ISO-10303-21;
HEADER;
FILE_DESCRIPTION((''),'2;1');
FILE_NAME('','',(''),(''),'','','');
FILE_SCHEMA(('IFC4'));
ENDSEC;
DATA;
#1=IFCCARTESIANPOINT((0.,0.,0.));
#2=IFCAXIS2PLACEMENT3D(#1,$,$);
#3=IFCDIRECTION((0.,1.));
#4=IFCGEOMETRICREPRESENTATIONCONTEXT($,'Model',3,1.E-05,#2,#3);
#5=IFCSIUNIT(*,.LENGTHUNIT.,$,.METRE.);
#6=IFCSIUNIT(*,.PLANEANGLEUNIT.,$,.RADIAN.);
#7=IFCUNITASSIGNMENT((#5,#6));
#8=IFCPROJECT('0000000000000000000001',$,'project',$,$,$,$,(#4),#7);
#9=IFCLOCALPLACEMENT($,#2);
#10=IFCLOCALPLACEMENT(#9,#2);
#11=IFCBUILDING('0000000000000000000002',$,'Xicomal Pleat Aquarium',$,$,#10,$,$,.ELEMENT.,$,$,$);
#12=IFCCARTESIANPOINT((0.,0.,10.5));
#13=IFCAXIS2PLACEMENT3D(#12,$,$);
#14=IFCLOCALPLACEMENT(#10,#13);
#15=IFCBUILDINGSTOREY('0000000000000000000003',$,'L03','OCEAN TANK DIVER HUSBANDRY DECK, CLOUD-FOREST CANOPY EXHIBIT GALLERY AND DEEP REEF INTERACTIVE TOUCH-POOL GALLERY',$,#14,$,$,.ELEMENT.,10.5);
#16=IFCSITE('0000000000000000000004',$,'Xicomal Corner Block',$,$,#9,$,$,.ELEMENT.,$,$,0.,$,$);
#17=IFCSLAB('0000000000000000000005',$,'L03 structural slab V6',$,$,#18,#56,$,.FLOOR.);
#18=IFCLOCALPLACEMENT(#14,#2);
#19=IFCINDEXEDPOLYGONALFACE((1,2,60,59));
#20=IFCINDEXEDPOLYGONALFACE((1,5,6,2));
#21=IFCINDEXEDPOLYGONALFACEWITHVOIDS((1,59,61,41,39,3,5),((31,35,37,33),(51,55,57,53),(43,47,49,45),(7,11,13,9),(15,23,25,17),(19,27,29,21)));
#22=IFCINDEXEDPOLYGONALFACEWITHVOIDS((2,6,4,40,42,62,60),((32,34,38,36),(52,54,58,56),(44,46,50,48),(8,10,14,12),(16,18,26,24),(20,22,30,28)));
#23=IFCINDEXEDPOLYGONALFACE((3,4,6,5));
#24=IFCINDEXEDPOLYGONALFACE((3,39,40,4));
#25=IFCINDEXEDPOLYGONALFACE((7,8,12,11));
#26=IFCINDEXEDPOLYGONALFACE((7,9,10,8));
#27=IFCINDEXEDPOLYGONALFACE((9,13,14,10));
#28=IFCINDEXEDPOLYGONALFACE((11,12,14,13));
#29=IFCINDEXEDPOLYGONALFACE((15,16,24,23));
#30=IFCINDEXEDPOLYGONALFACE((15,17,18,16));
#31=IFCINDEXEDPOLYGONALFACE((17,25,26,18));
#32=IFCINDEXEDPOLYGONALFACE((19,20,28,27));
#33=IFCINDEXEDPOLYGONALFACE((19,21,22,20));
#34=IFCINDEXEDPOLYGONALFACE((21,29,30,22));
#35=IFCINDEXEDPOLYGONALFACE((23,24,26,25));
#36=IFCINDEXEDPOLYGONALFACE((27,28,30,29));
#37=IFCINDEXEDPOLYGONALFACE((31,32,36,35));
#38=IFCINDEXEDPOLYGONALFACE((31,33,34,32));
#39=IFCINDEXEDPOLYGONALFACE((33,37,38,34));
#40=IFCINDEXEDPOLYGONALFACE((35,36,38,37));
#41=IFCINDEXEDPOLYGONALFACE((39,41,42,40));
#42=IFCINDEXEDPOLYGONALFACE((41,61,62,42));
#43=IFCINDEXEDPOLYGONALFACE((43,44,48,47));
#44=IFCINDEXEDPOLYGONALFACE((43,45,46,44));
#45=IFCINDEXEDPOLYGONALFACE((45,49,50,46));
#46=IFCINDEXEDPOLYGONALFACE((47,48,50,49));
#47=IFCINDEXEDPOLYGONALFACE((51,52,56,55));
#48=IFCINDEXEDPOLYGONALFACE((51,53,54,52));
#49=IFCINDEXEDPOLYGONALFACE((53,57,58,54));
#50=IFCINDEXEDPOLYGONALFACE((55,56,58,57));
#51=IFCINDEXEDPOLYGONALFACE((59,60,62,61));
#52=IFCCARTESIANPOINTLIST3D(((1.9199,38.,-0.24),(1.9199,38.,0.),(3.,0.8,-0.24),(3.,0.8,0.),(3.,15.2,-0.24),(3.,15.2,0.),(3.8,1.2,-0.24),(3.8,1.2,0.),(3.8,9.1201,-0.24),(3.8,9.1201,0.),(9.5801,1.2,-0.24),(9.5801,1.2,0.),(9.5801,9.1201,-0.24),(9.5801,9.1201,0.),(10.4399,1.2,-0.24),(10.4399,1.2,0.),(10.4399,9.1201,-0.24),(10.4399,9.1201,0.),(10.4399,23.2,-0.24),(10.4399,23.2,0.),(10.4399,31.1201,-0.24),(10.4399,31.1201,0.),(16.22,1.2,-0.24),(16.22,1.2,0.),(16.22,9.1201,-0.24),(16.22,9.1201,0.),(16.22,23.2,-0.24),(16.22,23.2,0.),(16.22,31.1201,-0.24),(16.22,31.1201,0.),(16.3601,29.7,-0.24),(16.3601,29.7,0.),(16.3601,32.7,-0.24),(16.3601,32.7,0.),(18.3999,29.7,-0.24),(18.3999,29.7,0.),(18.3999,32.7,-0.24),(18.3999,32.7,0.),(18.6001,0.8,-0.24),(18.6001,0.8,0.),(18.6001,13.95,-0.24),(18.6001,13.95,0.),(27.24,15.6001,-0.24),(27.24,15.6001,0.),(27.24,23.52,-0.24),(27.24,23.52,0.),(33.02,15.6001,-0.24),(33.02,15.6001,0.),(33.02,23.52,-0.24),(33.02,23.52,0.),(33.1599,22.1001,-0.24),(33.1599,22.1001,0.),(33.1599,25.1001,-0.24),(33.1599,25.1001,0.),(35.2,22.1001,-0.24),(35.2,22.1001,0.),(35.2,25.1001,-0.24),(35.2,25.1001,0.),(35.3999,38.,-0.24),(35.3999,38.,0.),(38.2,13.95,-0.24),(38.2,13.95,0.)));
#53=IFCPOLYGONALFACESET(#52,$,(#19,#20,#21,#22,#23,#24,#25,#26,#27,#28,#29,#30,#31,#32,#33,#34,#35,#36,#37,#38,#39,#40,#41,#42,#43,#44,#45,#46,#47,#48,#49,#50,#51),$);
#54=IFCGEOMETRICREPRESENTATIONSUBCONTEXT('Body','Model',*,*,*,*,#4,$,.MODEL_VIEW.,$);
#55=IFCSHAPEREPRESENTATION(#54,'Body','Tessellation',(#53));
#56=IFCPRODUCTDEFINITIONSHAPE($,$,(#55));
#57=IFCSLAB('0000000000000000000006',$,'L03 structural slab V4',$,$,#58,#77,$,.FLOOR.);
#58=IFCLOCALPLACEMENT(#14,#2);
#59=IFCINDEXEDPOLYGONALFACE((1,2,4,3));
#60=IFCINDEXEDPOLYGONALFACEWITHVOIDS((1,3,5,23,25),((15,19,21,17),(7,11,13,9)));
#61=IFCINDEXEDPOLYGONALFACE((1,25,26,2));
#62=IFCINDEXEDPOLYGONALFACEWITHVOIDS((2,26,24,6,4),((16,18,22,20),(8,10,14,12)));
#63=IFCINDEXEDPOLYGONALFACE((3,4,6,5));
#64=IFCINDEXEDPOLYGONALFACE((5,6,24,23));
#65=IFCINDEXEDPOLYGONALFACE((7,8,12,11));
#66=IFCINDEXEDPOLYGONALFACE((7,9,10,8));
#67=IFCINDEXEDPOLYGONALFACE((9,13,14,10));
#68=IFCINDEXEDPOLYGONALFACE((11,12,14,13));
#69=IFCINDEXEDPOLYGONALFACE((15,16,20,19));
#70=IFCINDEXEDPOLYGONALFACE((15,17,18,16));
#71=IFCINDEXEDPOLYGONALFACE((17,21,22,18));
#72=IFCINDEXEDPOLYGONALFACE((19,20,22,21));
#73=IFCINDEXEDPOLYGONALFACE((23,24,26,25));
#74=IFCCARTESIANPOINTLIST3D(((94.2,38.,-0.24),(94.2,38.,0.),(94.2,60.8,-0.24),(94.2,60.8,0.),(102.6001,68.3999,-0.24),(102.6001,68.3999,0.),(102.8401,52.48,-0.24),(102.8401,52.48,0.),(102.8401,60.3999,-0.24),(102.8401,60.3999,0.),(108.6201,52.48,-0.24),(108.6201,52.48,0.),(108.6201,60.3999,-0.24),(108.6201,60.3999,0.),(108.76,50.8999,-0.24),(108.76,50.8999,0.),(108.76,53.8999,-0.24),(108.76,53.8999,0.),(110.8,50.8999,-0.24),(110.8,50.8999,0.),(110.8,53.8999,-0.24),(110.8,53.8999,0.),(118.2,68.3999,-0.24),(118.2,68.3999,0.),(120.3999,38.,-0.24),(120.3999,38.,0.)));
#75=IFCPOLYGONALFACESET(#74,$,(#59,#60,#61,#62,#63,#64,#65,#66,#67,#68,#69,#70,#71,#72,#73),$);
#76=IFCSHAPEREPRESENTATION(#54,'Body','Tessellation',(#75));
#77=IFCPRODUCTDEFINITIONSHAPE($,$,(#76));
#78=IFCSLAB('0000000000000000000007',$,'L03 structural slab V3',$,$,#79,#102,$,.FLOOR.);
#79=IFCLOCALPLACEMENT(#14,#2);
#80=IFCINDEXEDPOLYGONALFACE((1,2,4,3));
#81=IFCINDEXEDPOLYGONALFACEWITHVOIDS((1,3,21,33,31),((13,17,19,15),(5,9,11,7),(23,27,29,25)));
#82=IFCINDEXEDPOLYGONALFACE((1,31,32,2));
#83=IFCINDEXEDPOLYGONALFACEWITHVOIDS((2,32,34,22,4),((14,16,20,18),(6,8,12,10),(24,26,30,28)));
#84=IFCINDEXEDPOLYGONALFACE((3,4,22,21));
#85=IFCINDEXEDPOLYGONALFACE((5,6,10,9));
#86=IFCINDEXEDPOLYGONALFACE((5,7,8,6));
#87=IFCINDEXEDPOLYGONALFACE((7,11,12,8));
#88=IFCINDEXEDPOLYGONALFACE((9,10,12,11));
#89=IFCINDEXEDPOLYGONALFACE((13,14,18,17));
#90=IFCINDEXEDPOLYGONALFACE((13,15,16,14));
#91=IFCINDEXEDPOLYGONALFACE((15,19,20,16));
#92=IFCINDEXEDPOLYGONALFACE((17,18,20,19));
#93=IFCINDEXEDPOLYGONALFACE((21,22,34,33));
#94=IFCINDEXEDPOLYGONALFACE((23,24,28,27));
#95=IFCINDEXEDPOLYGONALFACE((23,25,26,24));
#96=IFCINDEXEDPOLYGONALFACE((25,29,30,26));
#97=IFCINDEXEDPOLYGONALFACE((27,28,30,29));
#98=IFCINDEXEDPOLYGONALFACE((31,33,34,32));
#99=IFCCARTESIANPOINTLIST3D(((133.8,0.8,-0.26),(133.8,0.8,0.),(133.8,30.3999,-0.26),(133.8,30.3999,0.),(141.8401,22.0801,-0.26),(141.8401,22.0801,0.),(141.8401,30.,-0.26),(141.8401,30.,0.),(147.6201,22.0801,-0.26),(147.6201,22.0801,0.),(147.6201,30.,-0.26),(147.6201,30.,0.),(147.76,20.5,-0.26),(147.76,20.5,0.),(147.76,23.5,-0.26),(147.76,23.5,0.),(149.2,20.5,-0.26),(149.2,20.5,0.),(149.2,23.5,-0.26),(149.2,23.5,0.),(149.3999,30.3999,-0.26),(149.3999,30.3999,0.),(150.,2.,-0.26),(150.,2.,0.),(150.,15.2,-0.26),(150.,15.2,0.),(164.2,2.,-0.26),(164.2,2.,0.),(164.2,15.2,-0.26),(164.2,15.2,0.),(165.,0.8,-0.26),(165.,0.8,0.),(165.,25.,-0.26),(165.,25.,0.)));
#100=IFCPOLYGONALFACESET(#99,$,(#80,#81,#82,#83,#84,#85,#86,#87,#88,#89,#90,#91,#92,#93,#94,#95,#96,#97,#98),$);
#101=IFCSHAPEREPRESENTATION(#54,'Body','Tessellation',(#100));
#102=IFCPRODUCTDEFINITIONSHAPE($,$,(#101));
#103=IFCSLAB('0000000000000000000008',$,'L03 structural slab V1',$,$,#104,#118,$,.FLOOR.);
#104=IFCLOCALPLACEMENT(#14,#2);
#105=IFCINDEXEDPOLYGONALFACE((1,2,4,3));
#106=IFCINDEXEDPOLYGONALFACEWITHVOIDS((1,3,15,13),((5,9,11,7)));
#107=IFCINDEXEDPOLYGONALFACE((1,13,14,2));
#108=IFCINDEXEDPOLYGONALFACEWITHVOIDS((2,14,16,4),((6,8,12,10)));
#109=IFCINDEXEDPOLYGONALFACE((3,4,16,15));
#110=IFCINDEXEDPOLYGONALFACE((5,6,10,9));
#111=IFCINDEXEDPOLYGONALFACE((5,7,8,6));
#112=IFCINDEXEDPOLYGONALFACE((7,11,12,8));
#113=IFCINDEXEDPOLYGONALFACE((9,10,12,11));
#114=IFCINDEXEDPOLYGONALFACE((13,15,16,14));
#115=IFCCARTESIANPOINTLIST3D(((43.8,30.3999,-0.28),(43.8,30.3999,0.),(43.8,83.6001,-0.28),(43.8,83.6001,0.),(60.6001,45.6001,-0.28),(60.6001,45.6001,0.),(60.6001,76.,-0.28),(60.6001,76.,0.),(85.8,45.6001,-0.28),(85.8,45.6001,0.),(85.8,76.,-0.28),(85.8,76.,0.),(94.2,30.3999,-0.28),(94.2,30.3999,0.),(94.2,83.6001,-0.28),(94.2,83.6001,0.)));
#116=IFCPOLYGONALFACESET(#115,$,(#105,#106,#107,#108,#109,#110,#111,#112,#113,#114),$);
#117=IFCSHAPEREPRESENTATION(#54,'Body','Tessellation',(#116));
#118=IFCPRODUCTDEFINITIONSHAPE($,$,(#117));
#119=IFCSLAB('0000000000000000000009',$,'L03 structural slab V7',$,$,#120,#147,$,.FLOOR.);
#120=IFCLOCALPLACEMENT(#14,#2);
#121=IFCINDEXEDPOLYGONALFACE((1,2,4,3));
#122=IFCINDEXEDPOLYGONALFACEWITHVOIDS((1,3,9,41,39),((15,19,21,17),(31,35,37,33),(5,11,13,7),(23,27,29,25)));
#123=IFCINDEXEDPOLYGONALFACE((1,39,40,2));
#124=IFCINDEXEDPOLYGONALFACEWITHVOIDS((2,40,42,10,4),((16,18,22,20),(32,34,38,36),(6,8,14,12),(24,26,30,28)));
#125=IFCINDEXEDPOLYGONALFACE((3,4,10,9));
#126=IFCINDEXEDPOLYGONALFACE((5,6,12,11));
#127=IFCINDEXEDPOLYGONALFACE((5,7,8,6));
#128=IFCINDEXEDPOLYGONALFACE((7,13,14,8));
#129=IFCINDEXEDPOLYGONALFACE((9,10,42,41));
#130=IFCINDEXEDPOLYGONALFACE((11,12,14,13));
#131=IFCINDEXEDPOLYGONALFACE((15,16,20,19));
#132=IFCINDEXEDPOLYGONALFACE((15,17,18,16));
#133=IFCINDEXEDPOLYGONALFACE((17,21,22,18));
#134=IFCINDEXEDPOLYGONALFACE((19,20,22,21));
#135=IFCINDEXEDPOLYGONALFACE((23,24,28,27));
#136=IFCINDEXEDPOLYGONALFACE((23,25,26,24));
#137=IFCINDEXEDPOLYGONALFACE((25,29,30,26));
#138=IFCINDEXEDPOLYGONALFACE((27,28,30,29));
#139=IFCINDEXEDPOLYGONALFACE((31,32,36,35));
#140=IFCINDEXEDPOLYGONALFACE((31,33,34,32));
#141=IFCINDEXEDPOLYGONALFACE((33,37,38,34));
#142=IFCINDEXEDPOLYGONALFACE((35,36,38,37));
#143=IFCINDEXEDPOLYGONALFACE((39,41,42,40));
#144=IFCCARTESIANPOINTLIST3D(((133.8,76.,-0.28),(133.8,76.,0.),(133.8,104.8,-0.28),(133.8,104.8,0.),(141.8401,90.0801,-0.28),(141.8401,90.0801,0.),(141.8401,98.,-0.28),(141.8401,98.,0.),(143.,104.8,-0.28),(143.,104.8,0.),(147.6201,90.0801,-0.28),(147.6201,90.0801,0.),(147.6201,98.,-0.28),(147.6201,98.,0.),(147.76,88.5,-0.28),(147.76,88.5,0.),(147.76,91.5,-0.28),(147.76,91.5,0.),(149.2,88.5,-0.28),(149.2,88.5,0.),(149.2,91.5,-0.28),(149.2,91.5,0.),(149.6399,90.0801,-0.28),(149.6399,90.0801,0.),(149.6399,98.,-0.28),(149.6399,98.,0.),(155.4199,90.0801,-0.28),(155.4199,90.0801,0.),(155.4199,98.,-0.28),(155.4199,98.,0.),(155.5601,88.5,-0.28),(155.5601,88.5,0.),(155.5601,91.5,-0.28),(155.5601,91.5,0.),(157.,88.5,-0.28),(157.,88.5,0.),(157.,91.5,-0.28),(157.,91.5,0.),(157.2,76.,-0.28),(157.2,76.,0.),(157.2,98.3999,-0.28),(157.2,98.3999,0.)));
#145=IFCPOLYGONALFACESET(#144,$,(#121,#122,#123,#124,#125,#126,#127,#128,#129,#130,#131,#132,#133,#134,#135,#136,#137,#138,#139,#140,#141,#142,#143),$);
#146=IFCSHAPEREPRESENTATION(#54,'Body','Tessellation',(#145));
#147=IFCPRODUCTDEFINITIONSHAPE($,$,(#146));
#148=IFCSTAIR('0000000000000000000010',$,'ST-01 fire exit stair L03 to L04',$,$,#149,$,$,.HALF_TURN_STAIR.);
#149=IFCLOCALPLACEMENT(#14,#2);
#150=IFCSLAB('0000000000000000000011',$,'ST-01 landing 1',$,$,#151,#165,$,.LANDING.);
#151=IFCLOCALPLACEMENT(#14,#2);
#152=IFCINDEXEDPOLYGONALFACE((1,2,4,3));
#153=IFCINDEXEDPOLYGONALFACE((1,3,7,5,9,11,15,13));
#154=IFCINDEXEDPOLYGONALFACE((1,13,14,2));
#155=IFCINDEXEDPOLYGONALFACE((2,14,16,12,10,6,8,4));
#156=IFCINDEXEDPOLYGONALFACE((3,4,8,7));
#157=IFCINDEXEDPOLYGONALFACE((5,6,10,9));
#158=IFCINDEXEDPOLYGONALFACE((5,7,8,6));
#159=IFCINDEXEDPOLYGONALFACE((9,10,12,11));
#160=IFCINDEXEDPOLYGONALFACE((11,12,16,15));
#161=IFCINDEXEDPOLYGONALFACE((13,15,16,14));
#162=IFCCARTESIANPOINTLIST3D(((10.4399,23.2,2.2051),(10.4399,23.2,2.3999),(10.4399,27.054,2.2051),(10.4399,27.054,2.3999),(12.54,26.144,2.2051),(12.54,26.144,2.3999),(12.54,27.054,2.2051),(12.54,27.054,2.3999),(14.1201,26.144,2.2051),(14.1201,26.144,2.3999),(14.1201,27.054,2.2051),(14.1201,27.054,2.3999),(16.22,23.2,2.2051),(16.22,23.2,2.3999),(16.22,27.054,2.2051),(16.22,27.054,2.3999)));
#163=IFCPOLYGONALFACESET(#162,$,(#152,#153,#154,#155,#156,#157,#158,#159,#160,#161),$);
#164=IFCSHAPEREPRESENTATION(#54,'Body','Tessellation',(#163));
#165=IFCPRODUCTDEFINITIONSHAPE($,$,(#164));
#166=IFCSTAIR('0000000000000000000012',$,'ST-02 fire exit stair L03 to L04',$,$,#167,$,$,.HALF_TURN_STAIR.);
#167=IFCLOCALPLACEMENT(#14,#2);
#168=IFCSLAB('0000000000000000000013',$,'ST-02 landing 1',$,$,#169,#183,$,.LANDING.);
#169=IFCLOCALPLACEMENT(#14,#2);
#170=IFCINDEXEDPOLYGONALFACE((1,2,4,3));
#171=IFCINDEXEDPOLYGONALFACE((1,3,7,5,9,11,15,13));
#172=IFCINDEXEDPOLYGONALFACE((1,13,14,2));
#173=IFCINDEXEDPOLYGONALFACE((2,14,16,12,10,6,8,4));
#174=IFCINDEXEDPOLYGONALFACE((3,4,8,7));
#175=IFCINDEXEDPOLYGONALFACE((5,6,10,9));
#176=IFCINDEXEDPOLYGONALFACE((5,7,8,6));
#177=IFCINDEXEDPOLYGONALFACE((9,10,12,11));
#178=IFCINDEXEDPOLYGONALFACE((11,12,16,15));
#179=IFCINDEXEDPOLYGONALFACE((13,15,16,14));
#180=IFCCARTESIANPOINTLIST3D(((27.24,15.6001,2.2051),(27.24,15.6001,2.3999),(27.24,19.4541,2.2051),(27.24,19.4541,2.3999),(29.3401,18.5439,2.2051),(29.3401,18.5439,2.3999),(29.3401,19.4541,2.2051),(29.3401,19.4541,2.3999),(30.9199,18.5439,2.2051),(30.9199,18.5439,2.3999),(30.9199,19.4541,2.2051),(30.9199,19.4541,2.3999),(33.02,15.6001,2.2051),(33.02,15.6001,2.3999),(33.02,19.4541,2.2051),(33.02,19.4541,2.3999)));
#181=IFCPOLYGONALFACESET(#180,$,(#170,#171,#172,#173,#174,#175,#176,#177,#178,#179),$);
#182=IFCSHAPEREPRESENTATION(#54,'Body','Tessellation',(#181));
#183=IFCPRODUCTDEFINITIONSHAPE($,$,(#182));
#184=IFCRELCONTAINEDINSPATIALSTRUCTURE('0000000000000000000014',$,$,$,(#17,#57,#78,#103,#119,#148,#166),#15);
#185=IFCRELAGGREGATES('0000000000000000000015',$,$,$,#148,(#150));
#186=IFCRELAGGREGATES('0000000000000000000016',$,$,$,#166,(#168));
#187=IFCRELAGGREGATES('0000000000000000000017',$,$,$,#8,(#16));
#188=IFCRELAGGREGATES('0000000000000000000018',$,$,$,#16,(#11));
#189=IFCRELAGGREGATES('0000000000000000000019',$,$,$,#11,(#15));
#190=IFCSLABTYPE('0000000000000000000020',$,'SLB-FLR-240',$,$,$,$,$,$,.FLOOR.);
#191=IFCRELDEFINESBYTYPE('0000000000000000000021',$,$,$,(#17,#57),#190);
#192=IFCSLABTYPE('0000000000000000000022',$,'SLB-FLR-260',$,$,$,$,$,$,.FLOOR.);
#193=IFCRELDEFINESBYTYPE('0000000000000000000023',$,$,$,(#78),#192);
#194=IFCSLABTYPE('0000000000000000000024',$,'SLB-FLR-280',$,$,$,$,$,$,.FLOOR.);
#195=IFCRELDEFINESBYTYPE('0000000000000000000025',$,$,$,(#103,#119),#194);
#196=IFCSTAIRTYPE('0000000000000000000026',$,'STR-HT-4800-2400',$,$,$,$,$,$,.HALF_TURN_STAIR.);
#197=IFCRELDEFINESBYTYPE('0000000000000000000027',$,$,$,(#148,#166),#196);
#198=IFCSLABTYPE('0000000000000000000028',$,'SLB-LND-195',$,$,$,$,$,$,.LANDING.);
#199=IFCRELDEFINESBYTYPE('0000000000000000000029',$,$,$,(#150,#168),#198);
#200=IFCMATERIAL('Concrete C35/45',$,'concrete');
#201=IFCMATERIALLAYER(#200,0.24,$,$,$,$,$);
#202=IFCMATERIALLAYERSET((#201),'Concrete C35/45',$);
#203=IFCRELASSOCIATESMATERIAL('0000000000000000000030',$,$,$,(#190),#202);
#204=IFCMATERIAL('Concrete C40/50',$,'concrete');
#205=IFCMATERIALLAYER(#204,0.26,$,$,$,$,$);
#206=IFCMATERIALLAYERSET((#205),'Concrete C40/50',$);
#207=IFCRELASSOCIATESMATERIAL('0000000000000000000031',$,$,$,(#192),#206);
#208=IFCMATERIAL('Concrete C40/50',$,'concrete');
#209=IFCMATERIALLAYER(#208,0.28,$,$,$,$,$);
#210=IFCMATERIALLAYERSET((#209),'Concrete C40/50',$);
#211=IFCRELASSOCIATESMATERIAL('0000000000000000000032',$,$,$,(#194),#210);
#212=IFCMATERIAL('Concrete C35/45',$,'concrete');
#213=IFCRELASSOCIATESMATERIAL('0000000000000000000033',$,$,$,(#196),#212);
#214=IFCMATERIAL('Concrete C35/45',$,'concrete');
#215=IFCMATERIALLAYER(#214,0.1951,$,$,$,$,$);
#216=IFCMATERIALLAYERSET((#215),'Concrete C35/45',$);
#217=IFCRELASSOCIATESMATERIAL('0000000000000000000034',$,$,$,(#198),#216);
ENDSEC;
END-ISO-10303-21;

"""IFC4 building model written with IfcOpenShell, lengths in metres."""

from ifc_helpers import new_model, si_unit, direction, frame, origin, place, context, subcontext, project, spatial, polyline, outline, extrude, material, layer, layer_set, type_object, element, aggregate, save


model = new_model("IFC4")

# Units and contexts
model_context = context("Model", 3, precision=1e-05, world=origin(), true_north=direction((0.0, 1.0)))
body_context = subcontext(model_context, "Body", "Model", "MODEL_VIEW")
ifc_project = project(units=[si_unit("LENGTHUNIT", "METRE"), si_unit("PLANEANGLEUNIT", "RADIAN")], contexts=[model_context])

# Site, building, storey
site_placement = place(None, origin())
site = spatial("IfcSite", under=ifc_project, at=site_placement, Name="Xicomal Corner Block", CompositionType="ELEMENT", RefElevation=0.0)
building_placement = place(site_placement, origin())
building = spatial("IfcBuilding", under=site, at=building_placement, Name="Xicomal Pleat Aquarium", CompositionType="ELEMENT")
storey_placement = place(building_placement, frame((0.0, 0.0, 10.5)))
storey = spatial("IfcBuildingStorey", under=building, at=storey_placement, Name="L03", Description="OCEAN TANK DIVER HUSBANDRY DECK, CLOUD-FOREST CANOPY EXHIBIT GALLERY AND DEEP REEF INTERACTIVE TOUCH-POOL GALLERY", CompositionType="ELEMENT", Elevation=10.5)

# Slabs
ifc_material_1 = material(Name="Concrete C35/45", Category="concrete")
ifc_layer_1 = layer(ifc_material_1, 0.24)
ifc_layer_set_1 = layer_set([ifc_layer_1], Name="Concrete C35/45")
slab_type_1 = type_object("IfcSlabType", Name="SLB-FLR-240", PredefinedType="FLOOR", material=ifc_layer_set_1)
slab_1_placement = place(storey_placement, frame((0.0, 0.0, -0.24)))
element("IfcSlab", 1, at=slab_1_placement, inside=storey, type_object=slab_type_1, Name="L03 structural slab V6", PredefinedType="FLOOR", context=body_context, shape_type="SweptSolid", body=[
    extrude(outline(polyline([(3.0, 15.2), (1.9199, 38.0), (35.3999, 38.0), (38.2, 13.95), (18.6001, 13.95), (18.6001, 0.8), (3.0, 0.8), (3.0, 15.2)]), holes=[polyline([(10.4399, 23.2), (16.22, 23.2), (16.22, 31.1201), (10.4399, 31.1201), (10.4399, 23.2)]), polyline([(16.3601, 29.7), (18.3999, 29.7), (18.3999, 32.7), (16.3601, 32.7), (16.3601, 29.7)]), polyline([(27.24, 15.6001), (33.02, 15.6001), (33.02, 23.52), (27.24, 23.52), (27.24, 15.6001)]), polyline([(33.1599, 22.1001), (35.2, 22.1001), (35.2, 25.1001), (33.1599, 25.1001), (33.1599, 22.1001)]), polyline([(10.4399, 1.2), (16.22, 1.2), (16.22, 9.1201), (10.4399, 9.1201), (10.4399, 1.2)]), polyline([(3.8, 1.2), (9.5801, 1.2), (9.5801, 9.1201), (3.8, 9.1201), (3.8, 1.2)])]), origin(), (0.0, 0.0, 1.0), 0.24),
])
slab_2_placement = place(storey_placement, frame((0.0, 0.0, -0.24)))
element("IfcSlab", 2, at=slab_2_placement, inside=storey, type_object=slab_type_1, Name="L03 structural slab V4", PredefinedType="FLOOR", context=body_context, shape_type="SweptSolid", body=[
    extrude(outline(polyline([(102.6001, 68.3999), (118.2, 68.3999), (120.3999, 38.0), (94.2, 38.0), (94.2, 60.8), (102.6001, 68.3999)]), holes=[polyline([(102.8401, 52.48), (108.6201, 52.48), (108.6201, 60.3999), (102.8401, 60.3999), (102.8401, 52.48)]), polyline([(108.76, 50.8999), (110.8, 50.8999), (110.8, 53.8999), (108.76, 53.8999), (108.76, 50.8999)])]), origin(), (0.0, 0.0, 1.0), 0.24),
])
ifc_material_2 = material(Name="Concrete C40/50", Category="concrete")
ifc_layer_2 = layer(ifc_material_2, 0.26)
ifc_layer_set_2 = layer_set([ifc_layer_2], Name="Concrete C40/50")
slab_type_2 = type_object("IfcSlabType", Name="SLB-FLR-260", PredefinedType="FLOOR", material=ifc_layer_set_2)
slab_3_placement = place(storey_placement, frame((0.0, 0.0, -0.26)))
element("IfcSlab", 3, at=slab_3_placement, inside=storey, type_object=slab_type_2, Name="L03 structural slab V3", PredefinedType="FLOOR", context=body_context, shape_type="SweptSolid", body=[
    extrude(outline(polyline([(133.8, 30.3999), (149.3999, 30.3999), (165.0, 25.0), (165.0, 0.8), (133.8, 0.8), (133.8, 30.3999)]), holes=[polyline([(150.0, 2.0), (164.2, 2.0), (164.2, 15.2), (150.0, 15.2), (150.0, 2.0)]), polyline([(141.8401, 22.0801), (147.6201, 22.0801), (147.6201, 30.0), (141.8401, 30.0), (141.8401, 22.0801)]), polyline([(147.76, 20.5), (149.2, 20.5), (149.2, 23.5), (147.76, 23.5), (147.76, 20.5)])]), origin(), (0.0, 0.0, 1.0), 0.26),
])
ifc_material_3 = material(Name="Concrete C40/50", Category="concrete")
ifc_layer_3 = layer(ifc_material_3, 0.28)
ifc_layer_set_3 = layer_set([ifc_layer_3], Name="Concrete C40/50")
slab_type_3 = type_object("IfcSlabType", Name="SLB-FLR-280", PredefinedType="FLOOR", material=ifc_layer_set_3)
slab_4_placement = place(storey_placement, frame((0.0, 0.0, -0.28)))
element("IfcSlab", 4, at=slab_4_placement, inside=storey, type_object=slab_type_3, Name="L03 structural slab V1", PredefinedType="FLOOR", context=body_context, shape_type="SweptSolid", body=[
    extrude(outline(polyline([(43.8, 83.6001), (94.2, 83.6001), (94.2, 30.3999), (43.8, 30.3999), (43.8, 83.6001)]), holes=[polyline([(60.6001, 45.6001), (85.8, 45.6001), (85.8, 76.0), (60.6001, 76.0), (60.6001, 45.6001)])]), origin(), (0.0, 0.0, 1.0), 0.28),
])
slab_5_placement = place(storey_placement, frame((0.0, 0.0, -0.28)))
element("IfcSlab", 5, at=slab_5_placement, inside=storey, type_object=slab_type_3, Name="L03 structural slab V7", PredefinedType="FLOOR", context=body_context, shape_type="SweptSolid", body=[
    extrude(outline(polyline([(133.8, 104.8), (143.0, 104.8), (157.2, 98.3999), (157.2, 76.0), (133.8, 76.0), (133.8, 104.8)]), holes=[polyline([(141.8401, 90.0801), (147.6201, 90.0801), (147.6201, 98.0), (141.8401, 98.0), (141.8401, 90.0801)]), polyline([(147.76, 88.5), (149.2, 88.5), (149.2, 91.5), (147.76, 91.5), (147.76, 88.5)]), polyline([(149.6399, 90.0801), (155.4199, 90.0801), (155.4199, 98.0), (149.6399, 98.0), (149.6399, 90.0801)]), polyline([(155.5601, 88.5), (157.0, 88.5), (157.0, 91.5), (155.5601, 91.5), (155.5601, 88.5)])]), origin(), (0.0, 0.0, 1.0), 0.28),
])

# Stairs, slabs
ifc_material_4 = material(Name="Concrete C35/45", Category="concrete")
stair_type = type_object("IfcStairType", Name="STR-HT-4800-2400", PredefinedType="HALF_TURN_STAIR", material=ifc_material_4)
stair_1_placement = place(storey_placement, origin())
stair_1 = element("IfcStair", 6, at=stair_1_placement, inside=storey, type_object=stair_type, Name="ST-01 fire exit stair L03 to L04", PredefinedType="HALF_TURN_STAIR")
ifc_material_5 = material(Name="Concrete C35/45", Category="concrete")
ifc_layer_4 = layer(ifc_material_5, 0.1951)
ifc_layer_set_4 = layer_set([ifc_layer_4], Name="Concrete C35/45")
slab_type_4 = type_object("IfcSlabType", Name="SLB-LND-195", PredefinedType="LANDING", material=ifc_layer_set_4)
slab_6_placement = place(storey_placement, frame((0.0, 0.0, 2.2051)))
slab_6 = element("IfcSlab", 7, at=slab_6_placement, type_object=slab_type_4, Name="ST-01 landing 1", PredefinedType="LANDING", context=body_context, shape_type="SweptSolid", body=[
    extrude(outline(polyline([(10.4399, 23.2), (16.22, 23.2), (16.22, 27.054), (14.1201, 27.054), (14.1201, 26.144), (12.54, 26.144), (12.54, 27.054), (10.4399, 27.054), (10.4399, 23.2)])), origin(), (0.0, 0.0, 1.0), 0.1948),
])
aggregate(stair_1, [slab_6])
stair_2_placement = place(storey_placement, origin())
stair_2 = element("IfcStair", 8, at=stair_2_placement, inside=storey, type_object=stair_type, Name="ST-02 fire exit stair L03 to L04", PredefinedType="HALF_TURN_STAIR")
slab_7_placement = place(storey_placement, frame((0.0, 0.0, 2.2051)))
slab_7 = element("IfcSlab", 9, at=slab_7_placement, type_object=slab_type_4, Name="ST-02 landing 1", PredefinedType="LANDING", context=body_context, shape_type="SweptSolid", body=[
    extrude(outline(polyline([(27.24, 15.6001), (33.02, 15.6001), (33.02, 19.4541), (30.9199, 19.4541), (30.9199, 18.5439), (29.3401, 18.5439), (29.3401, 19.4541), (27.24, 19.4541), (27.24, 15.6001)])), origin(), (0.0, 0.0, 1.0), 0.1948),
])
aggregate(stair_2, [slab_7])

save(model, "model.ifc")
